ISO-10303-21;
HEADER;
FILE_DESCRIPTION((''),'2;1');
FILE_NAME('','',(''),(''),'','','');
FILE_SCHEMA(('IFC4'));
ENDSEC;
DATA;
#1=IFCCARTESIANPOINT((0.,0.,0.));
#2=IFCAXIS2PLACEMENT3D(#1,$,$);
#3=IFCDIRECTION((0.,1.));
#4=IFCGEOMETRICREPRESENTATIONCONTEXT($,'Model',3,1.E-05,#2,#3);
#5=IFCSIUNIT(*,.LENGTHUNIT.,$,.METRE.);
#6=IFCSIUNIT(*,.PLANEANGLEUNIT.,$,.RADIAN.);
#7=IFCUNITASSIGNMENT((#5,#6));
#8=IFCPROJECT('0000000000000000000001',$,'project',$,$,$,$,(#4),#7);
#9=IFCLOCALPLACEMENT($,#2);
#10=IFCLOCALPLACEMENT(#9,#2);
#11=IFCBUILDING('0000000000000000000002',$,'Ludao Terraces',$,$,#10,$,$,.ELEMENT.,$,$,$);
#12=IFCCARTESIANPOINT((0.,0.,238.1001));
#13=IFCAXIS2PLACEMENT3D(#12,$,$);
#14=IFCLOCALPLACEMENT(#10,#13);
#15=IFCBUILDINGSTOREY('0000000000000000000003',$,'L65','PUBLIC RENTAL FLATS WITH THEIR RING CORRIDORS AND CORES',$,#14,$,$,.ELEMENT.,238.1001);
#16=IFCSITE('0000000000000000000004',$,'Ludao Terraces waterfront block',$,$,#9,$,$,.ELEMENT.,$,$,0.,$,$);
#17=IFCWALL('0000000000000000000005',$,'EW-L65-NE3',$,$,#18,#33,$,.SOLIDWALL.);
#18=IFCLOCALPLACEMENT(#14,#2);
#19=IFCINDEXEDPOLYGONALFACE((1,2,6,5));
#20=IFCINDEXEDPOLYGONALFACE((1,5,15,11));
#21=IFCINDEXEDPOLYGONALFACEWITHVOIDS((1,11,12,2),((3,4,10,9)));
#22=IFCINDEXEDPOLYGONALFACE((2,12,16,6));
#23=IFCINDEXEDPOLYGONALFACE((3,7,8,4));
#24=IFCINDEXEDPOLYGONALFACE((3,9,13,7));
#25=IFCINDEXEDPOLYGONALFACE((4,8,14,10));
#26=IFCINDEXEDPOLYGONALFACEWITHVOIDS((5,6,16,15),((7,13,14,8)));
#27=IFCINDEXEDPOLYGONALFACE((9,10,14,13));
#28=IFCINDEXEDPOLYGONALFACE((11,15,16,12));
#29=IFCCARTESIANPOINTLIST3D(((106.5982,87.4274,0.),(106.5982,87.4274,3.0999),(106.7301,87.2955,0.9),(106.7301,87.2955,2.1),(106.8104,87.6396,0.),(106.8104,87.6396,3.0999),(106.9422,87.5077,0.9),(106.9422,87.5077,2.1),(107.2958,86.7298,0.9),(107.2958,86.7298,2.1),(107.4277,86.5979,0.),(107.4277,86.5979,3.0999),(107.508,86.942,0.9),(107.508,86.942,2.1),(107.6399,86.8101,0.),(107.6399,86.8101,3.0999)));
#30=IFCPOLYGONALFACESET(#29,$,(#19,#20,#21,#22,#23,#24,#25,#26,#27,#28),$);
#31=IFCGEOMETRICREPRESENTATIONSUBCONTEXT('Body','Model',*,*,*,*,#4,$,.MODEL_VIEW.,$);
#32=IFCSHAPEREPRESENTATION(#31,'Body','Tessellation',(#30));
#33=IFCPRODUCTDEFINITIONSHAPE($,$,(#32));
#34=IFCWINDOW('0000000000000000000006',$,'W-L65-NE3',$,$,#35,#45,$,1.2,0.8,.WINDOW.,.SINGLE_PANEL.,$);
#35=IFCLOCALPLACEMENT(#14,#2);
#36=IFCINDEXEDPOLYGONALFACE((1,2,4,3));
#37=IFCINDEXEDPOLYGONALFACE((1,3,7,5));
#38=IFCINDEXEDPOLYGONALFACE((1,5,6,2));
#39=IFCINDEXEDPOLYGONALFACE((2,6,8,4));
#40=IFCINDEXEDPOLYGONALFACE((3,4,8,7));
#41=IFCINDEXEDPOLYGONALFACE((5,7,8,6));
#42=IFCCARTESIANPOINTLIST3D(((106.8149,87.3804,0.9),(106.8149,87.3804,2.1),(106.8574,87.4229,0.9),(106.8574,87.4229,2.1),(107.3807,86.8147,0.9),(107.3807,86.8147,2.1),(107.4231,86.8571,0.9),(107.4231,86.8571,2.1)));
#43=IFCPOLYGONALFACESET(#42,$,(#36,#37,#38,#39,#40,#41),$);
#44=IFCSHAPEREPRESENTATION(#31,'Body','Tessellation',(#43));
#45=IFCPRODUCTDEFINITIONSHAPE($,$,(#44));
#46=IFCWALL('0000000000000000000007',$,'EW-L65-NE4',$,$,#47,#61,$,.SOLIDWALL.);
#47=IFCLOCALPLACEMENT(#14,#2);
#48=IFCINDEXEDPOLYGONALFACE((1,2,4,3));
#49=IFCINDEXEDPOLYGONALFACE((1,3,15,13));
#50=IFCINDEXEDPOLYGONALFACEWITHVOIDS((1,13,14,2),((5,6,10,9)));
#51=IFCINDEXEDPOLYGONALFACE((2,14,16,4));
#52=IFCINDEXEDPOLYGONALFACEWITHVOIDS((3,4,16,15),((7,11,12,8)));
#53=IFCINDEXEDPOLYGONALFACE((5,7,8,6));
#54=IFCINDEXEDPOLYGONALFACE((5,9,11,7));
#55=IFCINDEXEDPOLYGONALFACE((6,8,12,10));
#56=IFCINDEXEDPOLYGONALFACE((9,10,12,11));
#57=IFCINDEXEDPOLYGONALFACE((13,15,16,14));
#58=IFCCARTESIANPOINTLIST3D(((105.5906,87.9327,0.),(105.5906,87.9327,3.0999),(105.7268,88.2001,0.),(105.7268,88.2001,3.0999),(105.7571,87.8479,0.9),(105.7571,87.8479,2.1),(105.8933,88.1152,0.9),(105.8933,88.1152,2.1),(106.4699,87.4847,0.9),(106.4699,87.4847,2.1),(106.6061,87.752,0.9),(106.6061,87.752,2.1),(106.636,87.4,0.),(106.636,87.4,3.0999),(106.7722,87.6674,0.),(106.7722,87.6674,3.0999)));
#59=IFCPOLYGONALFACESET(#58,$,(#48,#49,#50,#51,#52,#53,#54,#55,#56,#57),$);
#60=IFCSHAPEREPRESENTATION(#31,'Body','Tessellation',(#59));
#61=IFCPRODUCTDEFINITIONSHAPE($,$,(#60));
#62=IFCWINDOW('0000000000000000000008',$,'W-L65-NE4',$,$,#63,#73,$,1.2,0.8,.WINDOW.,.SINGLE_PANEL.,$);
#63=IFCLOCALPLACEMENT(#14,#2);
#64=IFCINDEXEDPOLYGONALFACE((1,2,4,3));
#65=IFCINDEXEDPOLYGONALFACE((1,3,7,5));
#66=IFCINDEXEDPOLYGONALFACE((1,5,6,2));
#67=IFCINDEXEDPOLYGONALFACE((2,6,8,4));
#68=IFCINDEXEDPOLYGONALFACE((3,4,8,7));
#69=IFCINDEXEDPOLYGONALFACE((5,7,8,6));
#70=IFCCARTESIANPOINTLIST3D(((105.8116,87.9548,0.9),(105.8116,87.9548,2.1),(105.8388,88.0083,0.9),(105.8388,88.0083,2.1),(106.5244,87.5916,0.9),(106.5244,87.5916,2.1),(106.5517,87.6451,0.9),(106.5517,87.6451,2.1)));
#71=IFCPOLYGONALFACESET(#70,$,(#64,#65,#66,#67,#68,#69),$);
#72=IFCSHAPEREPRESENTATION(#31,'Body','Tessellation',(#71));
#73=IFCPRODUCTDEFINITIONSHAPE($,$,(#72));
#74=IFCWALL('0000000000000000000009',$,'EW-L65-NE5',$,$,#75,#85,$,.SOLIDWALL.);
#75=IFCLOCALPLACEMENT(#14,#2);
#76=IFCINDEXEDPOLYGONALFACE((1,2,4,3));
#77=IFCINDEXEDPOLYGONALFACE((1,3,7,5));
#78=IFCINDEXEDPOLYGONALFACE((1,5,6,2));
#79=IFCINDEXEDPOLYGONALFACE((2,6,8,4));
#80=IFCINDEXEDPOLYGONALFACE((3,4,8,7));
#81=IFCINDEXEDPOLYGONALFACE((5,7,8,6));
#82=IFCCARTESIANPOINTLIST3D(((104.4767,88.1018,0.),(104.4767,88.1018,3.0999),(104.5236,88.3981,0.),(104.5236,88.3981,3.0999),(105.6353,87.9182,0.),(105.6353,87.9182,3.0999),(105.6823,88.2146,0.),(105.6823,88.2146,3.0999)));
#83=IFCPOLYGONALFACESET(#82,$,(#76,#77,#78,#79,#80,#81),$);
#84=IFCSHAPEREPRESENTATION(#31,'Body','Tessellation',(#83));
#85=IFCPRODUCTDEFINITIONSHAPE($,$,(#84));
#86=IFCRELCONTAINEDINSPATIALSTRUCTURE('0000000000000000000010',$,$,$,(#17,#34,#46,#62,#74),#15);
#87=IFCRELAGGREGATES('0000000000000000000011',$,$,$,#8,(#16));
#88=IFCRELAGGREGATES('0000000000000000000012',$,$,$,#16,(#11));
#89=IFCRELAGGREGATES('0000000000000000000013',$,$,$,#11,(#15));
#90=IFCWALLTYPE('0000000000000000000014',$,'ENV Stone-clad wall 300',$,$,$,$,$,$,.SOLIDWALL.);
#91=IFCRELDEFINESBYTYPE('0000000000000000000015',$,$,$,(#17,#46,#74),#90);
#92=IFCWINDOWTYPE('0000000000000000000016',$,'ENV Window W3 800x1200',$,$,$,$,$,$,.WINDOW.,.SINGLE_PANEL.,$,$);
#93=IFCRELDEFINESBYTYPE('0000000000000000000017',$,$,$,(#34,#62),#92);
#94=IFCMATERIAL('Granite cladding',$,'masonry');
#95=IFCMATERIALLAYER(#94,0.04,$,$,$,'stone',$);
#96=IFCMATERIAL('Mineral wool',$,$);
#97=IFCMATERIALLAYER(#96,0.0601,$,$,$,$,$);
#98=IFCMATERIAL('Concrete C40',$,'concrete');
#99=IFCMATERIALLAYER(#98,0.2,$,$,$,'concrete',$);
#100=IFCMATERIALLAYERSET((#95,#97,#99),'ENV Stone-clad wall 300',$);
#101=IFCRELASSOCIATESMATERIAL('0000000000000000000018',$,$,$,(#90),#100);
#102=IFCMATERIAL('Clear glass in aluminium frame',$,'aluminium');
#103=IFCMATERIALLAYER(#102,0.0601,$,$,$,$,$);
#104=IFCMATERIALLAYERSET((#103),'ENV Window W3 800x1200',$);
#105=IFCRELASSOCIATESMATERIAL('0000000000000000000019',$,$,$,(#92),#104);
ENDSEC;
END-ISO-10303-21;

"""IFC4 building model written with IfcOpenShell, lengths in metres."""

from ifc_helpers import new_model, si_unit, direction, frame, frame_2d, origin, place, context, subcontext, project, spatial, rectangle, extrude, material, layer, layer_set, type_object, element, fill, save


model = new_model("IFC4")

# Units and contexts
model_context = context("Model", 3, precision=1e-05, world=origin(), true_north=direction((0.0, 1.0)))
body_context = subcontext(model_context, "Body", "Model", "MODEL_VIEW")
ifc_project = project(units=[si_unit("LENGTHUNIT", "METRE"), si_unit("PLANEANGLEUNIT", "RADIAN")], contexts=[model_context])

# Site, building, storey
site_placement = place(None, origin())
site = spatial("IfcSite", under=ifc_project, at=site_placement, Name="Ludao Terraces waterfront block", CompositionType="ELEMENT", RefElevation=0.0)
building_placement = place(site_placement, origin())
building = spatial("IfcBuilding", under=site, at=building_placement, Name="Ludao Terraces", CompositionType="ELEMENT")
storey_placement = place(building_placement, frame((0.0, 0.0, 238.1001)))
storey = spatial("IfcBuildingStorey", under=building, at=storey_placement, Name="L65", Description="PUBLIC RENTAL FLATS WITH THEIR RING CORRIDORS AND CORES", CompositionType="ELEMENT", Elevation=238.1001)

# Shared definitions
ifc_material_1 = material(Name="Concrete C40", Category="concrete")

# Shared definitions
ifc_material_2 = material(Name="Granite cladding", Category="masonry")
ifc_layer_1 = layer(ifc_material_2, 0.04, Category="stone")
ifc_material_3 = material(Name="Mineral wool")
ifc_layer_2 = layer(ifc_material_3, 0.0601)
ifc_layer_3 = layer(ifc_material_1, 0.2, Category="concrete")
ifc_layer_set_1 = layer_set([ifc_layer_1, ifc_layer_2, ifc_layer_3], Name="ENV Stone-clad wall 300")
wall_type = type_object("IfcWallType", Name="ENV Stone-clad wall 300", PredefinedType="SOLIDWALL", material=ifc_layer_set_1)
ifc_material_4 = material(Name="Clear glass in aluminium frame", Category="aluminium")

# Walls, openings, windows
ifc_layer_4 = layer(ifc_material_4, 0.0601)
ifc_layer_set_2 = layer_set([ifc_layer_4], Name="ENV Window W3 800x1200")
window_type_1 = type_object("IfcWindowType", Name="ENV Window W3 800x1200", PartitioningType="SINGLE_PANEL", PredefinedType="WINDOW", material=ifc_layer_set_2)
wall_1_placement = place(storey_placement, frame((107.5337, 86.7041, 0.0), z_axis=(0.0, 0.0, 1.0), x_axis=(-0.707107, 0.707107, 0.0)))
wall_1 = element("IfcWall", 1, at=wall_1_placement, inside=storey, type_object=wall_type, Name="EW-L65-NE3", PredefinedType="SOLIDWALL", context=body_context, shape_type="SweptSolid", body=[
    extrude(rectangle(XDim=1.1731, YDim=0.3, at=frame_2d((0.5864, 0.0))), origin(), (0.0, 0.0, 1.0), 3.0999),
])
opening_1_placement = place(wall_1_placement, frame((0.1865, 0.0, 0.8999)))
opening_1 = element("IfcOpeningElement", 2, at=opening_1_placement, cuts=wall_1, PredefinedType="OPENING", context=body_context, shape_type="SweptSolid", body=[
    extrude(rectangle(XDim=0.8, YDim=1.2, at=frame_2d((0.3999, 0.6001))), frame((0.0, 0.1602, 0.0), z_axis=(0.0, -1.0, 0.0), x_axis=(1.0, 0.0, 0.0)), (0.0, 0.0, 1.0), 0.3201),
])
window_1_placement = place(opening_1_placement, origin())
window_1 = element("IfcWindow", 3, at=window_1_placement, inside=storey, type_object=window_type_1, Name="W-L65-NE3", OverallHeight=1.2, OverallWidth=0.8, PartitioningType="SINGLE_PANEL", PredefinedType="WINDOW", context=body_context, shape_type="SweptSolid", body=[
    extrude(rectangle(XDim=0.8, YDim=1.2, at=frame_2d((0.3999, 0.6001))), frame((0.0, 0.03, 0.0), z_axis=(0.0, -1.0, 0.0), x_axis=(1.0, 0.0, 0.0)), (0.0, 0.0, 1.0), 0.0601),
])
fill(opening_1, window_1)
wall_2_placement = place(storey_placement, frame((106.7041, 87.5337, 0.0), z_axis=(0.0, 0.0, 1.0), x_axis=(-0.890989, 0.454026, 0.0)))
wall_2 = element("IfcWall", 4, at=wall_2_placement, inside=storey, type_object=wall_type, Name="EW-L65-NE4", PredefinedType="SOLIDWALL", context=body_context, shape_type="SweptSolid", body=[
    extrude(rectangle(XDim=1.1733, YDim=0.3, at=frame_2d((0.5867, 0.0))), origin(), (0.0, 0.0, 1.0), 3.0999),
])
opening_2_placement = place(wall_2_placement, frame((0.1865, 0.0, 0.8999)))
opening_2 = element("IfcOpeningElement", 5, at=opening_2_placement, cuts=wall_2, PredefinedType="OPENING", context=body_context, shape_type="SweptSolid", body=[
    extrude(rectangle(XDim=0.8, YDim=1.2, at=frame_2d((0.3999, 0.6001))), frame((0.0, 0.1602, 0.0), z_axis=(0.0, -1.0, 0.0), x_axis=(1.0, 0.0, 0.0)), (0.0, 0.0, 1.0), 0.3201),
])
window_2_placement = place(opening_2_placement, origin())
window_2 = element("IfcWindow", 6, at=window_2_placement, inside=storey, type_object=window_type_1, Name="W-L65-NE4", OverallHeight=1.2, OverallWidth=0.8, PartitioningType="SINGLE_PANEL", PredefinedType="WINDOW", context=body_context, shape_type="SweptSolid", body=[
    extrude(rectangle(XDim=0.8, YDim=1.2, at=frame_2d((0.3999, 0.6001))), frame((0.0, 0.03, 0.0), z_axis=(0.0, -1.0, 0.0), x_axis=(1.0, 0.0, 0.0)), (0.0, 0.0, 1.0), 0.0601),
])
fill(opening_2, window_2)

# Wall
wall_3_placement = place(storey_placement, frame((105.6587, 88.0664, 0.0), z_axis=(0.0, 0.0, 1.0), x_axis=(-0.987678, 0.156497, 0.0)))
element("IfcWall", 7, at=wall_3_placement, inside=storey, type_object=wall_type, Name="EW-L65-NE5", PredefinedType="SOLIDWALL", context=body_context, shape_type="SweptSolid", body=[
    extrude(rectangle(XDim=1.1731, YDim=0.3, at=frame_2d((0.5864, 0.0))), origin(), (0.0, 0.0, 1.0), 3.0999),
])

save(model, "model.ifc")
